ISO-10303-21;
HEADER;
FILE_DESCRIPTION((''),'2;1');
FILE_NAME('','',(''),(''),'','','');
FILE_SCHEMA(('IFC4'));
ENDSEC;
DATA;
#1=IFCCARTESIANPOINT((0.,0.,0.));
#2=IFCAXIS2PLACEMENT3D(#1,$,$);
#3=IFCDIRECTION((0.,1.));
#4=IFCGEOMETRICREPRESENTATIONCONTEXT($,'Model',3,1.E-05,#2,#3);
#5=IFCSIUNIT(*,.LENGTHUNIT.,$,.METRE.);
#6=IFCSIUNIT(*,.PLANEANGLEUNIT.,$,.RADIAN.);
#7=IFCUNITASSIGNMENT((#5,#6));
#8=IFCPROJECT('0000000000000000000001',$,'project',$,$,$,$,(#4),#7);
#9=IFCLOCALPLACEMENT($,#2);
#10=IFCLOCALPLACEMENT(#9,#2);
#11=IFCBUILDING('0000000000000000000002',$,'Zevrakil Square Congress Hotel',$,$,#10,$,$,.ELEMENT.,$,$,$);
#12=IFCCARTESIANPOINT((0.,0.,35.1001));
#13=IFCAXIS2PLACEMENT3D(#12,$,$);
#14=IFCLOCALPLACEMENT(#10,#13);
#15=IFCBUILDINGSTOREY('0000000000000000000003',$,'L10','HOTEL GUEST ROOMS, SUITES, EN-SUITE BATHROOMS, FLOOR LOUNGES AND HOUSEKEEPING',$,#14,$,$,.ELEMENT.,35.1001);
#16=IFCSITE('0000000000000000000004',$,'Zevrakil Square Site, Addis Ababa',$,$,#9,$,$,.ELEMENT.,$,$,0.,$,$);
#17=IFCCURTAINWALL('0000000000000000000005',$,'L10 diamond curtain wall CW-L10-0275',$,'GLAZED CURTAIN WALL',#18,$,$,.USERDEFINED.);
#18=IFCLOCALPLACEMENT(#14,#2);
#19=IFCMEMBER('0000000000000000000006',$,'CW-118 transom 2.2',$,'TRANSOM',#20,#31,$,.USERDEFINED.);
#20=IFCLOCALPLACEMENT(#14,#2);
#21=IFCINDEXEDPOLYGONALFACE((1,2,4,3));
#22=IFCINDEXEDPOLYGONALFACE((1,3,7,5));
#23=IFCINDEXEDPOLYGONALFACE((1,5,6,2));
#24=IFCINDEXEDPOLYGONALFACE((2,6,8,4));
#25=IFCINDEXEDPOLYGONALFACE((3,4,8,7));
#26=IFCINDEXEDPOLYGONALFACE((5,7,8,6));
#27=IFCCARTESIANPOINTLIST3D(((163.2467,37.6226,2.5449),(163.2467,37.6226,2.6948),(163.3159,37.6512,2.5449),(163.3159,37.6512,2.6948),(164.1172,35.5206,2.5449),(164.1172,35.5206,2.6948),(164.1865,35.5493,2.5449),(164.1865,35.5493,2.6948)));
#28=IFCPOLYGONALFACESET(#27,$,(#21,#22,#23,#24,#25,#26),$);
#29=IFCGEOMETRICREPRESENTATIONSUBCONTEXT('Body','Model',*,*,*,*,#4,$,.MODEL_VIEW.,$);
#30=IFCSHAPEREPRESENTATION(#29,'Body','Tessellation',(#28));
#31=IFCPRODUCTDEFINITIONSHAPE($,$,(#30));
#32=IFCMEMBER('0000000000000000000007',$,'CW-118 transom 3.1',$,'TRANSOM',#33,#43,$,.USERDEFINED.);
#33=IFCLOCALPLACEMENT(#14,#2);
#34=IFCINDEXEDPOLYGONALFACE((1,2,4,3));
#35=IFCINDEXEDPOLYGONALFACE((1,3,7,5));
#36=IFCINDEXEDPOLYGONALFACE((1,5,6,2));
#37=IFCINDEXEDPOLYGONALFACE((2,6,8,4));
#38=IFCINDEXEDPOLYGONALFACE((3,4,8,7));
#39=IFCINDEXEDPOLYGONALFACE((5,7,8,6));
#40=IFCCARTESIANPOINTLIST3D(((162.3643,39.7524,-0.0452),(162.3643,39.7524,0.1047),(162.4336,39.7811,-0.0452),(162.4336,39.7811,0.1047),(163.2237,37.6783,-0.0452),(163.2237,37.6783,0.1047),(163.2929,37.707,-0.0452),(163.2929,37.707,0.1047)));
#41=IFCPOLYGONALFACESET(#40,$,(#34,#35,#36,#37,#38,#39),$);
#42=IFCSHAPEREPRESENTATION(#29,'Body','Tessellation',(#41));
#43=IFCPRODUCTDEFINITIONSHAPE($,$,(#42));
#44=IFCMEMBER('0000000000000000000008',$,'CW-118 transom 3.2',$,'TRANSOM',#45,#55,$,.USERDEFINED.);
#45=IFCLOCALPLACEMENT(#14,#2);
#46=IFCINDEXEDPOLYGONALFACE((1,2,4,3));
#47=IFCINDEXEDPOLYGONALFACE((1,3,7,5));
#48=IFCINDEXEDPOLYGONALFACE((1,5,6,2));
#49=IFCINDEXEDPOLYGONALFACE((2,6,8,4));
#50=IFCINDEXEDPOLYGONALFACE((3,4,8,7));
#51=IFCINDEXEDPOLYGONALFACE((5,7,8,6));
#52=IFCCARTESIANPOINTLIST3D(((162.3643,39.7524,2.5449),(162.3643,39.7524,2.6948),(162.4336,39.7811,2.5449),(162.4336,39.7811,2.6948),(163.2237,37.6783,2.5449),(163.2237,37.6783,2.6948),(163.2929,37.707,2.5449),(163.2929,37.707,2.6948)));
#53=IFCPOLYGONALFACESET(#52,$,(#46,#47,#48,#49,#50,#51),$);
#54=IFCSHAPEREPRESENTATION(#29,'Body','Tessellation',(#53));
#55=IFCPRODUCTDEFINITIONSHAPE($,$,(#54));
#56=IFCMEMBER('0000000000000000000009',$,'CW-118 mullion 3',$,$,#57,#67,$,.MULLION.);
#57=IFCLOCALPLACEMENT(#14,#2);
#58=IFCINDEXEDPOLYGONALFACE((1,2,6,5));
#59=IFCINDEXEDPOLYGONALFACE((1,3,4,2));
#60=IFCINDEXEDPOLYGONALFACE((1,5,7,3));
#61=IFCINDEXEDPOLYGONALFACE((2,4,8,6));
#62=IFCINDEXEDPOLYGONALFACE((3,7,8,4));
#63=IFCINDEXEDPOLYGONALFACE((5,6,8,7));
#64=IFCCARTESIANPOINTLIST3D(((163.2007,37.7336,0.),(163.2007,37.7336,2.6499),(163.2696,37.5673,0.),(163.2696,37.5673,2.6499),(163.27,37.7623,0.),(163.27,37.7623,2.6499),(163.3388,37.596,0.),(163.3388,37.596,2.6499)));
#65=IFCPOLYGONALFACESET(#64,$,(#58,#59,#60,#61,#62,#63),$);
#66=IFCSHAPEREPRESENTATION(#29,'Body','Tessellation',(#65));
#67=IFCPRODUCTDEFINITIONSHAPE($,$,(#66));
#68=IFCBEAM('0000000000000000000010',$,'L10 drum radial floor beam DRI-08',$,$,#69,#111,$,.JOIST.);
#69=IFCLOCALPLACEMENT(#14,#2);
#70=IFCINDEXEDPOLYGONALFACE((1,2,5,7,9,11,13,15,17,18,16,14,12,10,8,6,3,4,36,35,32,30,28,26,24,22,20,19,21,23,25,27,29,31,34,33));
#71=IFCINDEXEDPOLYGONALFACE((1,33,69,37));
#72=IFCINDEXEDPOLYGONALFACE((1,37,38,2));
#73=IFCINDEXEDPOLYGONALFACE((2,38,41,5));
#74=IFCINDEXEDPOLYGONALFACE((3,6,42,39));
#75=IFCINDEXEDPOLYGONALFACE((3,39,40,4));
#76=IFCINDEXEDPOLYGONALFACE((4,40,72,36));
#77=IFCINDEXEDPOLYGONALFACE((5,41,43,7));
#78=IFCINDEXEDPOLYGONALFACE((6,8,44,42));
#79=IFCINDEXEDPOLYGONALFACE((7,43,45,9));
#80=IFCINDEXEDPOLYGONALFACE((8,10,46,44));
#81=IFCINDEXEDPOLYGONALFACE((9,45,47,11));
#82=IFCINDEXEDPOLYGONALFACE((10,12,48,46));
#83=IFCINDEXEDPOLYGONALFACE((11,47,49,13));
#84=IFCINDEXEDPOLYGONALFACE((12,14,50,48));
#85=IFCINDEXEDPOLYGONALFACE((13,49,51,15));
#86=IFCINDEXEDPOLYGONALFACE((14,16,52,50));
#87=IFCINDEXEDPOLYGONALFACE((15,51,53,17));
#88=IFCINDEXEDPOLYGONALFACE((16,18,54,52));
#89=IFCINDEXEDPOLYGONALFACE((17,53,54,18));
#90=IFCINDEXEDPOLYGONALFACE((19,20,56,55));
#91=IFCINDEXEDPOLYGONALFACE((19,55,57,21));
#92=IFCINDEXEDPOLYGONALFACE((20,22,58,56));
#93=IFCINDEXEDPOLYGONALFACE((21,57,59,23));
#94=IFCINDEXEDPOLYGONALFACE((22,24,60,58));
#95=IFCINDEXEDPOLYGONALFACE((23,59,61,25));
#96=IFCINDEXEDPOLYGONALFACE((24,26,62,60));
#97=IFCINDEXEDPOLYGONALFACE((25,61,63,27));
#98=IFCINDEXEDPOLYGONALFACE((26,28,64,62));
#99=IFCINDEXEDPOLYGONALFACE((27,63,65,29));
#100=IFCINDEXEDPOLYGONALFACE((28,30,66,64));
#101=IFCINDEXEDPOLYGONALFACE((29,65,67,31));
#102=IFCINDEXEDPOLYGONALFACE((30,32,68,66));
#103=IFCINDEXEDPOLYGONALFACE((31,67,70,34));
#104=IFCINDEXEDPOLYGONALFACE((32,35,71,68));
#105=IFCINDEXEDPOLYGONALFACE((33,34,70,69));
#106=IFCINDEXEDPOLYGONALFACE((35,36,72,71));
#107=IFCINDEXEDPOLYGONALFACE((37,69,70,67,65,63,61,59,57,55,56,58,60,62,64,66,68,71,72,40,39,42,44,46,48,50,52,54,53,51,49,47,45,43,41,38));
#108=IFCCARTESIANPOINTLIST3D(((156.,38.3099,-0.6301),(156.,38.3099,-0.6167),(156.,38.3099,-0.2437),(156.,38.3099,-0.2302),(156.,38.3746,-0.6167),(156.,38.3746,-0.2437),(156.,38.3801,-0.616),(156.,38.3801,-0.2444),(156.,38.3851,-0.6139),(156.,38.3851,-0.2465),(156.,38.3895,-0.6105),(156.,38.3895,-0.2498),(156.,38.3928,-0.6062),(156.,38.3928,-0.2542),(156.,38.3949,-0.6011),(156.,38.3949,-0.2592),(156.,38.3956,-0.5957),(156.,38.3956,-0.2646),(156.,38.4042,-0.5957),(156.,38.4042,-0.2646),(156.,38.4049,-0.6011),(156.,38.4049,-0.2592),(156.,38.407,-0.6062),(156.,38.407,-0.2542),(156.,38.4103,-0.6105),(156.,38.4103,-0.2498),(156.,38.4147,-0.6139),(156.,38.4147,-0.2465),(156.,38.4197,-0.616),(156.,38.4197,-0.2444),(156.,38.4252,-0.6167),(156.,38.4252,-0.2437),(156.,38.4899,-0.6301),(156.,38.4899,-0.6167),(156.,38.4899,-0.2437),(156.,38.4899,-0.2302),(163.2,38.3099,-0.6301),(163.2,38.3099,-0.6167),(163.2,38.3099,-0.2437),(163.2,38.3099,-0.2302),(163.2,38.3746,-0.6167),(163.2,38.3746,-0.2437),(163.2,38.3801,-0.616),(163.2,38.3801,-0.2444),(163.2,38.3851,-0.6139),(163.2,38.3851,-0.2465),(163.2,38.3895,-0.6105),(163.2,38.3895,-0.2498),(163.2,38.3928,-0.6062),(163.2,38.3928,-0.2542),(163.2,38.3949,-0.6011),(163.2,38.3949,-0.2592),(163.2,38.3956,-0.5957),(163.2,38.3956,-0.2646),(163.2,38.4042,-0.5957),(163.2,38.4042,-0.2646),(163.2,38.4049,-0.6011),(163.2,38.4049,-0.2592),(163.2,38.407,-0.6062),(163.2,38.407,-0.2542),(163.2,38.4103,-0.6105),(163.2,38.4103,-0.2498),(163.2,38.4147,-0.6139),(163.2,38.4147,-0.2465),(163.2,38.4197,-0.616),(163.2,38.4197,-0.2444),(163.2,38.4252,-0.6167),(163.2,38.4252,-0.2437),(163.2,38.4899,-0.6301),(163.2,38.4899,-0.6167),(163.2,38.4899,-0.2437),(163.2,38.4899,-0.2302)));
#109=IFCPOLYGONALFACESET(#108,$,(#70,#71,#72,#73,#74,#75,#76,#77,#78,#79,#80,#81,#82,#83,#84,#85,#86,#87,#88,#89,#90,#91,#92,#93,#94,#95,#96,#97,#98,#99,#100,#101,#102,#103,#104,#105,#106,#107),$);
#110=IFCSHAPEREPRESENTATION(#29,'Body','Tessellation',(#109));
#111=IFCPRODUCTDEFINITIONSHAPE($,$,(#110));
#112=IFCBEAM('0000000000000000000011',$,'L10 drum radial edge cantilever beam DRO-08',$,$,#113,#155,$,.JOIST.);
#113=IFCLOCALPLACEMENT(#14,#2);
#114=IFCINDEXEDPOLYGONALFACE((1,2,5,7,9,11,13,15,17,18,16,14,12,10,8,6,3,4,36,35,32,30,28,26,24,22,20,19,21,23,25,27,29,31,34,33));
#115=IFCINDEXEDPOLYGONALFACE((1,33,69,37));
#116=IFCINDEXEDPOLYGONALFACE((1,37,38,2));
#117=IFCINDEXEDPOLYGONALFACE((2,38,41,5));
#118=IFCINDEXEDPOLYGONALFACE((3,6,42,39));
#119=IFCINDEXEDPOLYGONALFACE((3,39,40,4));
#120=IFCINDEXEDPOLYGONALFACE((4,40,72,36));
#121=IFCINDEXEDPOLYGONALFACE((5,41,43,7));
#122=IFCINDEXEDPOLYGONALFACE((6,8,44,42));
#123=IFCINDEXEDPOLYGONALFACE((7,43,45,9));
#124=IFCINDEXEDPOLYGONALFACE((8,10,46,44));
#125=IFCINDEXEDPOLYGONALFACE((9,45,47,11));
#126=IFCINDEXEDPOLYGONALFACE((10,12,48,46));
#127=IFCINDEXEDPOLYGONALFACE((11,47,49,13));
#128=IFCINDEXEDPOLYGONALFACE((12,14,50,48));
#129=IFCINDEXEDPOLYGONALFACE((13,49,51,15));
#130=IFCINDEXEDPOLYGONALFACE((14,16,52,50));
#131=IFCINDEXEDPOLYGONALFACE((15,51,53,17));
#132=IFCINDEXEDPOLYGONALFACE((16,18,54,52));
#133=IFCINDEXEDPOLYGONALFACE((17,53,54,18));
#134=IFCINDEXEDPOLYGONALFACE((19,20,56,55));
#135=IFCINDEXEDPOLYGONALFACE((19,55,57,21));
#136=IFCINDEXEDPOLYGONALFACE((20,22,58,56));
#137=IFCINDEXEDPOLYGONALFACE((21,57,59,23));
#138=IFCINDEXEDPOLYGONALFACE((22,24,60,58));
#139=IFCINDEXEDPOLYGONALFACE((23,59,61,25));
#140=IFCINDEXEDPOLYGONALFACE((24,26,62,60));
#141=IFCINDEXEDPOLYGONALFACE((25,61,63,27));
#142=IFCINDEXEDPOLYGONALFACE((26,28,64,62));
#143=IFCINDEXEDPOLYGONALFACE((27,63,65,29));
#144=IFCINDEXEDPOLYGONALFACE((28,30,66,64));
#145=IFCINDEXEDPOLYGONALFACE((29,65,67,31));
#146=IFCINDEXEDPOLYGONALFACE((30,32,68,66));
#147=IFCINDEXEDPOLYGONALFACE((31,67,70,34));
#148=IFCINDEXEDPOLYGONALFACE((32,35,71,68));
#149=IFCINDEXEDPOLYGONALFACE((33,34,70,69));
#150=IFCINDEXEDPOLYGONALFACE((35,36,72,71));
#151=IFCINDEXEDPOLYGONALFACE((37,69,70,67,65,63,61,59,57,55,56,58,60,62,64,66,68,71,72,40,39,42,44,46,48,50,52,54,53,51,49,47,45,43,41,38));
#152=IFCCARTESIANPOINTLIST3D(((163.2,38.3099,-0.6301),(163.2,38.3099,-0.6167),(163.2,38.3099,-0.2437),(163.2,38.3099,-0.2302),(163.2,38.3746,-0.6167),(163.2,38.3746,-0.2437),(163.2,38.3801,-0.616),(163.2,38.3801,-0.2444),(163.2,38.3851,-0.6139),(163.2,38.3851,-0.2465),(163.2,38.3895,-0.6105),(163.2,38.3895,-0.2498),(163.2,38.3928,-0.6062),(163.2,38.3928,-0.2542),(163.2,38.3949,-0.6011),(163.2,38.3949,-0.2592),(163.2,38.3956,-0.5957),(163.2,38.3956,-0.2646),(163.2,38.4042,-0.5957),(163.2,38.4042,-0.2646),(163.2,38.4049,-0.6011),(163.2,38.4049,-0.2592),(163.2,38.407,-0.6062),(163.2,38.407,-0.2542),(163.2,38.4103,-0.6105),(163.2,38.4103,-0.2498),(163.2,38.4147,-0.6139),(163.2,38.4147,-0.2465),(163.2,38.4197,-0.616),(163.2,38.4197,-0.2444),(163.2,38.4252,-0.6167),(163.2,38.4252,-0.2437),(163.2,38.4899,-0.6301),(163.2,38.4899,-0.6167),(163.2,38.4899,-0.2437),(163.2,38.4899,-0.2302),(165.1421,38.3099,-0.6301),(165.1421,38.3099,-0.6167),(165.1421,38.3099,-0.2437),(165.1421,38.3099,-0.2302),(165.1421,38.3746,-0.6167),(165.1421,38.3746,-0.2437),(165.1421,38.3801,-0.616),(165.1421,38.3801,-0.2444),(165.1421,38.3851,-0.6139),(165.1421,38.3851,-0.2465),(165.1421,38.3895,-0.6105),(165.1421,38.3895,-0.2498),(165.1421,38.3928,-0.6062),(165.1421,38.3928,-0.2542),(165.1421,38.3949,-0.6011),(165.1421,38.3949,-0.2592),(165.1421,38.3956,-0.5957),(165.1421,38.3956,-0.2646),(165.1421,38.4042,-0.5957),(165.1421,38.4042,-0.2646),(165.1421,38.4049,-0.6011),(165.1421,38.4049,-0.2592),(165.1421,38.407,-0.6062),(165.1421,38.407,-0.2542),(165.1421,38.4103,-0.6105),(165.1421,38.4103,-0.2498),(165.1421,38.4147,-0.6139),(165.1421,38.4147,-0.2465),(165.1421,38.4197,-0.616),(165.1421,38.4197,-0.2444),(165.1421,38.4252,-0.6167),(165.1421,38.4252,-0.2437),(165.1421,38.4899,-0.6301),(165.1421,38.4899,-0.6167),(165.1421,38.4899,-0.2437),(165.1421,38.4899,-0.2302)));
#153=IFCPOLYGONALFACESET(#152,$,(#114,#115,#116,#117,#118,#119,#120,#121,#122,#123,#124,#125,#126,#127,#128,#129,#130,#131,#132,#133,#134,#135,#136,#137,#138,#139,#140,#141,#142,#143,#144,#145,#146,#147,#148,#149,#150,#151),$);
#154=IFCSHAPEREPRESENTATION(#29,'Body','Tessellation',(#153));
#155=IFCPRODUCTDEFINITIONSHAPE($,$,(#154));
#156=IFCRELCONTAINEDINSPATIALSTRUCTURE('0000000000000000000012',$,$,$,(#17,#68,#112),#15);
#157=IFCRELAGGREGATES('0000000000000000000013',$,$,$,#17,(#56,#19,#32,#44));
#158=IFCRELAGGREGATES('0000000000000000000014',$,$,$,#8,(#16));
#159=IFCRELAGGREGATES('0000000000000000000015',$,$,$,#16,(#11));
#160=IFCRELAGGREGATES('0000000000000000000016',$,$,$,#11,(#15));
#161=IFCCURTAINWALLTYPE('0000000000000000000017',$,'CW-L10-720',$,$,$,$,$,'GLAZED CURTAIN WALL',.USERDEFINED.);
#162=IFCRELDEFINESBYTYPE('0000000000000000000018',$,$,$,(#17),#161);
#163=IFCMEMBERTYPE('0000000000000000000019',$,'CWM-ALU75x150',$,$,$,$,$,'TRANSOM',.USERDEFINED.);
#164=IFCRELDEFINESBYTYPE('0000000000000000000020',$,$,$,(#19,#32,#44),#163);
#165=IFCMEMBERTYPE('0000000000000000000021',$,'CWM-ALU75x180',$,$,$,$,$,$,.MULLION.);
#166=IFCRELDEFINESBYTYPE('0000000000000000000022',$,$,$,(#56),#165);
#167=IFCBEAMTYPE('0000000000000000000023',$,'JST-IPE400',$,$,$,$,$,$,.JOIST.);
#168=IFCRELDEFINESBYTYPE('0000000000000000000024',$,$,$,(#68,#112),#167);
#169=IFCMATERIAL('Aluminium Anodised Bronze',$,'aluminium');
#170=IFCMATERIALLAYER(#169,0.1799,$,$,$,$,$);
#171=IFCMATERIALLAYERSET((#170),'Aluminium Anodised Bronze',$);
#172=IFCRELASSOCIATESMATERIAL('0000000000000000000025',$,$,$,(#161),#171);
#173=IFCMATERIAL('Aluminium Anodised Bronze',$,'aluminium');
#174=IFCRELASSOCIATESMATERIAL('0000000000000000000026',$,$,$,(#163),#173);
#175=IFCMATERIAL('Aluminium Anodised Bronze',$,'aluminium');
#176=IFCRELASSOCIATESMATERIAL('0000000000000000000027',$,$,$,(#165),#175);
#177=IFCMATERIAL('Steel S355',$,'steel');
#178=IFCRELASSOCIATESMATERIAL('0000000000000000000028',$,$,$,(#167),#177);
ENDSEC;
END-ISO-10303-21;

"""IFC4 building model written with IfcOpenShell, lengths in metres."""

from ifc_helpers import new_model, si_unit, direction, frame, origin, origin_2d, place, context, subcontext, project, spatial, rectangle, i_section, extrude, material, layer, layer_set, material_profile, profile_set, type_object, element, aggregate, save


model = new_model("IFC4")

# Units and contexts
model_context = context("Model", 3, precision=1e-05, world=origin(), true_north=direction((0.0, 1.0)))
body_context = subcontext(model_context, "Body", "Model", "MODEL_VIEW")
ifc_project = project(units=[si_unit("LENGTHUNIT", "METRE"), si_unit("PLANEANGLEUNIT", "RADIAN")], contexts=[model_context])

# Site, building, storey
site_placement = place(None, origin())
site = spatial("IfcSite", under=ifc_project, at=site_placement, Name="Zevrakil Square Site, Addis Ababa", CompositionType="ELEMENT", RefElevation=0.0)
building_placement = place(site_placement, origin())
building = spatial("IfcBuilding", under=site, at=building_placement, Name="Zevrakil Square Congress Hotel", CompositionType="ELEMENT")
storey_placement = place(building_placement, frame((0.0, 0.0, 35.1001)))
storey = spatial("IfcBuildingStorey", under=building, at=storey_placement, Name="L10", Description="HOTEL GUEST ROOMS, SUITES, EN-SUITE BATHROOMS, FLOOR LOUNGES AND HOUSEKEEPING", CompositionType="ELEMENT", Elevation=35.1001)

# Curtain wall, members
ifc_material_1 = material(Name="Aluminium Anodised Bronze", Category="aluminium")
ifc_layer_1 = layer(ifc_material_1, 0.1799)
ifc_layer_set_1 = layer_set([ifc_layer_1], Name="Aluminium Anodised Bronze")
curtain_wall_type = type_object("IfcCurtainWallType", Name="CW-L10-720", ElementType="GLAZED CURTAIN WALL", PredefinedType="USERDEFINED", material=ifc_layer_set_1)
curtain_wall_placement = place(storey_placement, origin())
curtain_wall = element("IfcCurtainWall", 1, at=curtain_wall_placement, inside=storey, type_object=curtain_wall_type, Name="L10 diamond curtain wall CW-L10-0275", ObjectType="GLAZED CURTAIN WALL", PredefinedType="USERDEFINED")
ifc_material_2 = material(Name="Aluminium Anodised Bronze", Category="aluminium")
ifc_material_profile_1 = material_profile(ifc_material_2, rectangle(XDim=0.075, YDim=0.1499, at=origin_2d()), Name="ALU 75x150")
ifc_profile_set_1 = profile_set([ifc_material_profile_1], Name="Aluminium Anodised Bronze")
member_type_1 = type_object("IfcMemberType", Name="CWM-ALU75x150", ElementType="TRANSOM", PredefinedType="USERDEFINED", material=ifc_profile_set_1)
member_1_placement = place(storey_placement, frame((164.1519, 35.5349, 2.6199), z_axis=(-0.382649, 0.923894, 0.0), x_axis=(-0.923894, -0.382649, 0.0)))
member_1 = element("IfcMember", 2, at=member_1_placement, type_object=member_type_1, Name="CW-118 transom 2.2", ObjectType="TRANSOM", PredefinedType="USERDEFINED", context=body_context, shape_type="SweptSolid", body=[
    extrude(rectangle(XDim=0.075, YDim=0.1499, at=origin_2d()), origin(), (0.0, 0.0, 1.0), 2.2751),
])
member_2_placement = place(storey_placement, frame((163.2583, 37.6926, 0.0298), z_axis=(-0.382762, 0.923847, 0.0), x_axis=(-0.923847, -0.382762, 0.0)))
member_2 = element("IfcMember", 3, at=member_2_placement, type_object=member_type_1, Name="CW-118 transom 3.1", ObjectType="TRANSOM", PredefinedType="USERDEFINED", context=body_context, shape_type="SweptSolid", body=[
    extrude(rectangle(XDim=0.075, YDim=0.1499, at=origin_2d()), origin(), (0.0, 0.0, 1.0), 2.2451),
])
member_3_placement = place(storey_placement, frame((163.2583, 37.6926, 2.6199), z_axis=(-0.382762, 0.923847, 0.0), x_axis=(-0.923847, -0.382762, 0.0)))
member_3 = element("IfcMember", 4, at=member_3_placement, type_object=member_type_1, Name="CW-118 transom 3.2", ObjectType="TRANSOM", PredefinedType="USERDEFINED", context=body_context, shape_type="SweptSolid", body=[
    extrude(rectangle(XDim=0.075, YDim=0.1499, at=origin_2d()), origin(), (0.0, 0.0, 1.0), 2.2451),
])
ifc_material_3 = material(Name="Aluminium Anodised Bronze", Category="aluminium")
ifc_material_profile_2 = material_profile(ifc_material_3, rectangle(XDim=0.075, YDim=0.1799, at=origin_2d()), Name="ALU 75x180")
ifc_profile_set_2 = profile_set([ifc_material_profile_2], Name="Aluminium Anodised Bronze")
member_type_2 = type_object("IfcMemberType", Name="CWM-ALU75x180", PredefinedType="MULLION", material=ifc_profile_set_2)
member_4_placement = place(storey_placement, frame((163.2698, 37.6648, 0.0), z_axis=(0.0, 0.0, 1.0), x_axis=(-0.923879, -0.382684, 0.0)))
member_4 = element("IfcMember", 5, at=member_4_placement, type_object=member_type_2, Name="CW-118 mullion 3", PredefinedType="MULLION", context=body_context, shape_type="SweptSolid", body=[
    extrude(rectangle(XDim=0.075, YDim=0.1799, at=origin_2d()), origin(), (0.0, 0.0, 1.0), 2.6499),
])

# Beams
ifc_material_4 = material(Name="Steel S355", Category="steel")
ifc_material_profile_3 = material_profile(ifc_material_4, i_section(OverallWidth=0.1799, OverallDepth=0.3999, WebThickness=0.0085, FlangeThickness=0.0134, FilletRadius=0.021, at=origin_2d()), Name="IPE 400")
ifc_profile_set_3 = profile_set([ifc_material_profile_3], Name="Steel S355")
beam_type_1 = type_object("IfcBeamType", Name="JST-IPE400", PredefinedType="JOIST", material=ifc_profile_set_3)
beam_1_placement = place(storey_placement, frame((156.0, 38.3999, -0.4302), z_axis=(1.0, 0.0, 0.0), x_axis=(0.0, 1.0, 0.0)))
element("IfcBeam", 6, at=beam_1_placement, inside=storey, type_object=beam_type_1, Name="L10 drum radial floor beam DRI-08", PredefinedType="JOIST", context=body_context, shape_type="SweptSolid", body=[
    extrude(i_section(OverallWidth=0.1799, OverallDepth=0.3999, WebThickness=0.0085, FlangeThickness=0.0134, FilletRadius=0.021, at=origin_2d()), origin(), (0.0, 0.0, 1.0), 7.2),
])
beam_2_placement = place(storey_placement, frame((163.2, 38.3999, -0.4302), z_axis=(1.0, 0.0, 0.0), x_axis=(0.0, 1.0, 0.0)))
element("IfcBeam", 7, at=beam_2_placement, inside=storey, type_object=beam_type_1, Name="L10 drum radial edge cantilever beam DRO-08", PredefinedType="JOIST", context=body_context, shape_type="SweptSolid", body=[
    extrude(i_section(OverallWidth=0.1799, OverallDepth=0.3999, WebThickness=0.0085, FlangeThickness=0.0134, FilletRadius=0.021, at=origin_2d()), origin(), (0.0, 0.0, 1.0), 1.9421),
])

aggregate(curtain_wall, [member_4, member_1, member_2, member_3])

save(model, "model.ifc")
